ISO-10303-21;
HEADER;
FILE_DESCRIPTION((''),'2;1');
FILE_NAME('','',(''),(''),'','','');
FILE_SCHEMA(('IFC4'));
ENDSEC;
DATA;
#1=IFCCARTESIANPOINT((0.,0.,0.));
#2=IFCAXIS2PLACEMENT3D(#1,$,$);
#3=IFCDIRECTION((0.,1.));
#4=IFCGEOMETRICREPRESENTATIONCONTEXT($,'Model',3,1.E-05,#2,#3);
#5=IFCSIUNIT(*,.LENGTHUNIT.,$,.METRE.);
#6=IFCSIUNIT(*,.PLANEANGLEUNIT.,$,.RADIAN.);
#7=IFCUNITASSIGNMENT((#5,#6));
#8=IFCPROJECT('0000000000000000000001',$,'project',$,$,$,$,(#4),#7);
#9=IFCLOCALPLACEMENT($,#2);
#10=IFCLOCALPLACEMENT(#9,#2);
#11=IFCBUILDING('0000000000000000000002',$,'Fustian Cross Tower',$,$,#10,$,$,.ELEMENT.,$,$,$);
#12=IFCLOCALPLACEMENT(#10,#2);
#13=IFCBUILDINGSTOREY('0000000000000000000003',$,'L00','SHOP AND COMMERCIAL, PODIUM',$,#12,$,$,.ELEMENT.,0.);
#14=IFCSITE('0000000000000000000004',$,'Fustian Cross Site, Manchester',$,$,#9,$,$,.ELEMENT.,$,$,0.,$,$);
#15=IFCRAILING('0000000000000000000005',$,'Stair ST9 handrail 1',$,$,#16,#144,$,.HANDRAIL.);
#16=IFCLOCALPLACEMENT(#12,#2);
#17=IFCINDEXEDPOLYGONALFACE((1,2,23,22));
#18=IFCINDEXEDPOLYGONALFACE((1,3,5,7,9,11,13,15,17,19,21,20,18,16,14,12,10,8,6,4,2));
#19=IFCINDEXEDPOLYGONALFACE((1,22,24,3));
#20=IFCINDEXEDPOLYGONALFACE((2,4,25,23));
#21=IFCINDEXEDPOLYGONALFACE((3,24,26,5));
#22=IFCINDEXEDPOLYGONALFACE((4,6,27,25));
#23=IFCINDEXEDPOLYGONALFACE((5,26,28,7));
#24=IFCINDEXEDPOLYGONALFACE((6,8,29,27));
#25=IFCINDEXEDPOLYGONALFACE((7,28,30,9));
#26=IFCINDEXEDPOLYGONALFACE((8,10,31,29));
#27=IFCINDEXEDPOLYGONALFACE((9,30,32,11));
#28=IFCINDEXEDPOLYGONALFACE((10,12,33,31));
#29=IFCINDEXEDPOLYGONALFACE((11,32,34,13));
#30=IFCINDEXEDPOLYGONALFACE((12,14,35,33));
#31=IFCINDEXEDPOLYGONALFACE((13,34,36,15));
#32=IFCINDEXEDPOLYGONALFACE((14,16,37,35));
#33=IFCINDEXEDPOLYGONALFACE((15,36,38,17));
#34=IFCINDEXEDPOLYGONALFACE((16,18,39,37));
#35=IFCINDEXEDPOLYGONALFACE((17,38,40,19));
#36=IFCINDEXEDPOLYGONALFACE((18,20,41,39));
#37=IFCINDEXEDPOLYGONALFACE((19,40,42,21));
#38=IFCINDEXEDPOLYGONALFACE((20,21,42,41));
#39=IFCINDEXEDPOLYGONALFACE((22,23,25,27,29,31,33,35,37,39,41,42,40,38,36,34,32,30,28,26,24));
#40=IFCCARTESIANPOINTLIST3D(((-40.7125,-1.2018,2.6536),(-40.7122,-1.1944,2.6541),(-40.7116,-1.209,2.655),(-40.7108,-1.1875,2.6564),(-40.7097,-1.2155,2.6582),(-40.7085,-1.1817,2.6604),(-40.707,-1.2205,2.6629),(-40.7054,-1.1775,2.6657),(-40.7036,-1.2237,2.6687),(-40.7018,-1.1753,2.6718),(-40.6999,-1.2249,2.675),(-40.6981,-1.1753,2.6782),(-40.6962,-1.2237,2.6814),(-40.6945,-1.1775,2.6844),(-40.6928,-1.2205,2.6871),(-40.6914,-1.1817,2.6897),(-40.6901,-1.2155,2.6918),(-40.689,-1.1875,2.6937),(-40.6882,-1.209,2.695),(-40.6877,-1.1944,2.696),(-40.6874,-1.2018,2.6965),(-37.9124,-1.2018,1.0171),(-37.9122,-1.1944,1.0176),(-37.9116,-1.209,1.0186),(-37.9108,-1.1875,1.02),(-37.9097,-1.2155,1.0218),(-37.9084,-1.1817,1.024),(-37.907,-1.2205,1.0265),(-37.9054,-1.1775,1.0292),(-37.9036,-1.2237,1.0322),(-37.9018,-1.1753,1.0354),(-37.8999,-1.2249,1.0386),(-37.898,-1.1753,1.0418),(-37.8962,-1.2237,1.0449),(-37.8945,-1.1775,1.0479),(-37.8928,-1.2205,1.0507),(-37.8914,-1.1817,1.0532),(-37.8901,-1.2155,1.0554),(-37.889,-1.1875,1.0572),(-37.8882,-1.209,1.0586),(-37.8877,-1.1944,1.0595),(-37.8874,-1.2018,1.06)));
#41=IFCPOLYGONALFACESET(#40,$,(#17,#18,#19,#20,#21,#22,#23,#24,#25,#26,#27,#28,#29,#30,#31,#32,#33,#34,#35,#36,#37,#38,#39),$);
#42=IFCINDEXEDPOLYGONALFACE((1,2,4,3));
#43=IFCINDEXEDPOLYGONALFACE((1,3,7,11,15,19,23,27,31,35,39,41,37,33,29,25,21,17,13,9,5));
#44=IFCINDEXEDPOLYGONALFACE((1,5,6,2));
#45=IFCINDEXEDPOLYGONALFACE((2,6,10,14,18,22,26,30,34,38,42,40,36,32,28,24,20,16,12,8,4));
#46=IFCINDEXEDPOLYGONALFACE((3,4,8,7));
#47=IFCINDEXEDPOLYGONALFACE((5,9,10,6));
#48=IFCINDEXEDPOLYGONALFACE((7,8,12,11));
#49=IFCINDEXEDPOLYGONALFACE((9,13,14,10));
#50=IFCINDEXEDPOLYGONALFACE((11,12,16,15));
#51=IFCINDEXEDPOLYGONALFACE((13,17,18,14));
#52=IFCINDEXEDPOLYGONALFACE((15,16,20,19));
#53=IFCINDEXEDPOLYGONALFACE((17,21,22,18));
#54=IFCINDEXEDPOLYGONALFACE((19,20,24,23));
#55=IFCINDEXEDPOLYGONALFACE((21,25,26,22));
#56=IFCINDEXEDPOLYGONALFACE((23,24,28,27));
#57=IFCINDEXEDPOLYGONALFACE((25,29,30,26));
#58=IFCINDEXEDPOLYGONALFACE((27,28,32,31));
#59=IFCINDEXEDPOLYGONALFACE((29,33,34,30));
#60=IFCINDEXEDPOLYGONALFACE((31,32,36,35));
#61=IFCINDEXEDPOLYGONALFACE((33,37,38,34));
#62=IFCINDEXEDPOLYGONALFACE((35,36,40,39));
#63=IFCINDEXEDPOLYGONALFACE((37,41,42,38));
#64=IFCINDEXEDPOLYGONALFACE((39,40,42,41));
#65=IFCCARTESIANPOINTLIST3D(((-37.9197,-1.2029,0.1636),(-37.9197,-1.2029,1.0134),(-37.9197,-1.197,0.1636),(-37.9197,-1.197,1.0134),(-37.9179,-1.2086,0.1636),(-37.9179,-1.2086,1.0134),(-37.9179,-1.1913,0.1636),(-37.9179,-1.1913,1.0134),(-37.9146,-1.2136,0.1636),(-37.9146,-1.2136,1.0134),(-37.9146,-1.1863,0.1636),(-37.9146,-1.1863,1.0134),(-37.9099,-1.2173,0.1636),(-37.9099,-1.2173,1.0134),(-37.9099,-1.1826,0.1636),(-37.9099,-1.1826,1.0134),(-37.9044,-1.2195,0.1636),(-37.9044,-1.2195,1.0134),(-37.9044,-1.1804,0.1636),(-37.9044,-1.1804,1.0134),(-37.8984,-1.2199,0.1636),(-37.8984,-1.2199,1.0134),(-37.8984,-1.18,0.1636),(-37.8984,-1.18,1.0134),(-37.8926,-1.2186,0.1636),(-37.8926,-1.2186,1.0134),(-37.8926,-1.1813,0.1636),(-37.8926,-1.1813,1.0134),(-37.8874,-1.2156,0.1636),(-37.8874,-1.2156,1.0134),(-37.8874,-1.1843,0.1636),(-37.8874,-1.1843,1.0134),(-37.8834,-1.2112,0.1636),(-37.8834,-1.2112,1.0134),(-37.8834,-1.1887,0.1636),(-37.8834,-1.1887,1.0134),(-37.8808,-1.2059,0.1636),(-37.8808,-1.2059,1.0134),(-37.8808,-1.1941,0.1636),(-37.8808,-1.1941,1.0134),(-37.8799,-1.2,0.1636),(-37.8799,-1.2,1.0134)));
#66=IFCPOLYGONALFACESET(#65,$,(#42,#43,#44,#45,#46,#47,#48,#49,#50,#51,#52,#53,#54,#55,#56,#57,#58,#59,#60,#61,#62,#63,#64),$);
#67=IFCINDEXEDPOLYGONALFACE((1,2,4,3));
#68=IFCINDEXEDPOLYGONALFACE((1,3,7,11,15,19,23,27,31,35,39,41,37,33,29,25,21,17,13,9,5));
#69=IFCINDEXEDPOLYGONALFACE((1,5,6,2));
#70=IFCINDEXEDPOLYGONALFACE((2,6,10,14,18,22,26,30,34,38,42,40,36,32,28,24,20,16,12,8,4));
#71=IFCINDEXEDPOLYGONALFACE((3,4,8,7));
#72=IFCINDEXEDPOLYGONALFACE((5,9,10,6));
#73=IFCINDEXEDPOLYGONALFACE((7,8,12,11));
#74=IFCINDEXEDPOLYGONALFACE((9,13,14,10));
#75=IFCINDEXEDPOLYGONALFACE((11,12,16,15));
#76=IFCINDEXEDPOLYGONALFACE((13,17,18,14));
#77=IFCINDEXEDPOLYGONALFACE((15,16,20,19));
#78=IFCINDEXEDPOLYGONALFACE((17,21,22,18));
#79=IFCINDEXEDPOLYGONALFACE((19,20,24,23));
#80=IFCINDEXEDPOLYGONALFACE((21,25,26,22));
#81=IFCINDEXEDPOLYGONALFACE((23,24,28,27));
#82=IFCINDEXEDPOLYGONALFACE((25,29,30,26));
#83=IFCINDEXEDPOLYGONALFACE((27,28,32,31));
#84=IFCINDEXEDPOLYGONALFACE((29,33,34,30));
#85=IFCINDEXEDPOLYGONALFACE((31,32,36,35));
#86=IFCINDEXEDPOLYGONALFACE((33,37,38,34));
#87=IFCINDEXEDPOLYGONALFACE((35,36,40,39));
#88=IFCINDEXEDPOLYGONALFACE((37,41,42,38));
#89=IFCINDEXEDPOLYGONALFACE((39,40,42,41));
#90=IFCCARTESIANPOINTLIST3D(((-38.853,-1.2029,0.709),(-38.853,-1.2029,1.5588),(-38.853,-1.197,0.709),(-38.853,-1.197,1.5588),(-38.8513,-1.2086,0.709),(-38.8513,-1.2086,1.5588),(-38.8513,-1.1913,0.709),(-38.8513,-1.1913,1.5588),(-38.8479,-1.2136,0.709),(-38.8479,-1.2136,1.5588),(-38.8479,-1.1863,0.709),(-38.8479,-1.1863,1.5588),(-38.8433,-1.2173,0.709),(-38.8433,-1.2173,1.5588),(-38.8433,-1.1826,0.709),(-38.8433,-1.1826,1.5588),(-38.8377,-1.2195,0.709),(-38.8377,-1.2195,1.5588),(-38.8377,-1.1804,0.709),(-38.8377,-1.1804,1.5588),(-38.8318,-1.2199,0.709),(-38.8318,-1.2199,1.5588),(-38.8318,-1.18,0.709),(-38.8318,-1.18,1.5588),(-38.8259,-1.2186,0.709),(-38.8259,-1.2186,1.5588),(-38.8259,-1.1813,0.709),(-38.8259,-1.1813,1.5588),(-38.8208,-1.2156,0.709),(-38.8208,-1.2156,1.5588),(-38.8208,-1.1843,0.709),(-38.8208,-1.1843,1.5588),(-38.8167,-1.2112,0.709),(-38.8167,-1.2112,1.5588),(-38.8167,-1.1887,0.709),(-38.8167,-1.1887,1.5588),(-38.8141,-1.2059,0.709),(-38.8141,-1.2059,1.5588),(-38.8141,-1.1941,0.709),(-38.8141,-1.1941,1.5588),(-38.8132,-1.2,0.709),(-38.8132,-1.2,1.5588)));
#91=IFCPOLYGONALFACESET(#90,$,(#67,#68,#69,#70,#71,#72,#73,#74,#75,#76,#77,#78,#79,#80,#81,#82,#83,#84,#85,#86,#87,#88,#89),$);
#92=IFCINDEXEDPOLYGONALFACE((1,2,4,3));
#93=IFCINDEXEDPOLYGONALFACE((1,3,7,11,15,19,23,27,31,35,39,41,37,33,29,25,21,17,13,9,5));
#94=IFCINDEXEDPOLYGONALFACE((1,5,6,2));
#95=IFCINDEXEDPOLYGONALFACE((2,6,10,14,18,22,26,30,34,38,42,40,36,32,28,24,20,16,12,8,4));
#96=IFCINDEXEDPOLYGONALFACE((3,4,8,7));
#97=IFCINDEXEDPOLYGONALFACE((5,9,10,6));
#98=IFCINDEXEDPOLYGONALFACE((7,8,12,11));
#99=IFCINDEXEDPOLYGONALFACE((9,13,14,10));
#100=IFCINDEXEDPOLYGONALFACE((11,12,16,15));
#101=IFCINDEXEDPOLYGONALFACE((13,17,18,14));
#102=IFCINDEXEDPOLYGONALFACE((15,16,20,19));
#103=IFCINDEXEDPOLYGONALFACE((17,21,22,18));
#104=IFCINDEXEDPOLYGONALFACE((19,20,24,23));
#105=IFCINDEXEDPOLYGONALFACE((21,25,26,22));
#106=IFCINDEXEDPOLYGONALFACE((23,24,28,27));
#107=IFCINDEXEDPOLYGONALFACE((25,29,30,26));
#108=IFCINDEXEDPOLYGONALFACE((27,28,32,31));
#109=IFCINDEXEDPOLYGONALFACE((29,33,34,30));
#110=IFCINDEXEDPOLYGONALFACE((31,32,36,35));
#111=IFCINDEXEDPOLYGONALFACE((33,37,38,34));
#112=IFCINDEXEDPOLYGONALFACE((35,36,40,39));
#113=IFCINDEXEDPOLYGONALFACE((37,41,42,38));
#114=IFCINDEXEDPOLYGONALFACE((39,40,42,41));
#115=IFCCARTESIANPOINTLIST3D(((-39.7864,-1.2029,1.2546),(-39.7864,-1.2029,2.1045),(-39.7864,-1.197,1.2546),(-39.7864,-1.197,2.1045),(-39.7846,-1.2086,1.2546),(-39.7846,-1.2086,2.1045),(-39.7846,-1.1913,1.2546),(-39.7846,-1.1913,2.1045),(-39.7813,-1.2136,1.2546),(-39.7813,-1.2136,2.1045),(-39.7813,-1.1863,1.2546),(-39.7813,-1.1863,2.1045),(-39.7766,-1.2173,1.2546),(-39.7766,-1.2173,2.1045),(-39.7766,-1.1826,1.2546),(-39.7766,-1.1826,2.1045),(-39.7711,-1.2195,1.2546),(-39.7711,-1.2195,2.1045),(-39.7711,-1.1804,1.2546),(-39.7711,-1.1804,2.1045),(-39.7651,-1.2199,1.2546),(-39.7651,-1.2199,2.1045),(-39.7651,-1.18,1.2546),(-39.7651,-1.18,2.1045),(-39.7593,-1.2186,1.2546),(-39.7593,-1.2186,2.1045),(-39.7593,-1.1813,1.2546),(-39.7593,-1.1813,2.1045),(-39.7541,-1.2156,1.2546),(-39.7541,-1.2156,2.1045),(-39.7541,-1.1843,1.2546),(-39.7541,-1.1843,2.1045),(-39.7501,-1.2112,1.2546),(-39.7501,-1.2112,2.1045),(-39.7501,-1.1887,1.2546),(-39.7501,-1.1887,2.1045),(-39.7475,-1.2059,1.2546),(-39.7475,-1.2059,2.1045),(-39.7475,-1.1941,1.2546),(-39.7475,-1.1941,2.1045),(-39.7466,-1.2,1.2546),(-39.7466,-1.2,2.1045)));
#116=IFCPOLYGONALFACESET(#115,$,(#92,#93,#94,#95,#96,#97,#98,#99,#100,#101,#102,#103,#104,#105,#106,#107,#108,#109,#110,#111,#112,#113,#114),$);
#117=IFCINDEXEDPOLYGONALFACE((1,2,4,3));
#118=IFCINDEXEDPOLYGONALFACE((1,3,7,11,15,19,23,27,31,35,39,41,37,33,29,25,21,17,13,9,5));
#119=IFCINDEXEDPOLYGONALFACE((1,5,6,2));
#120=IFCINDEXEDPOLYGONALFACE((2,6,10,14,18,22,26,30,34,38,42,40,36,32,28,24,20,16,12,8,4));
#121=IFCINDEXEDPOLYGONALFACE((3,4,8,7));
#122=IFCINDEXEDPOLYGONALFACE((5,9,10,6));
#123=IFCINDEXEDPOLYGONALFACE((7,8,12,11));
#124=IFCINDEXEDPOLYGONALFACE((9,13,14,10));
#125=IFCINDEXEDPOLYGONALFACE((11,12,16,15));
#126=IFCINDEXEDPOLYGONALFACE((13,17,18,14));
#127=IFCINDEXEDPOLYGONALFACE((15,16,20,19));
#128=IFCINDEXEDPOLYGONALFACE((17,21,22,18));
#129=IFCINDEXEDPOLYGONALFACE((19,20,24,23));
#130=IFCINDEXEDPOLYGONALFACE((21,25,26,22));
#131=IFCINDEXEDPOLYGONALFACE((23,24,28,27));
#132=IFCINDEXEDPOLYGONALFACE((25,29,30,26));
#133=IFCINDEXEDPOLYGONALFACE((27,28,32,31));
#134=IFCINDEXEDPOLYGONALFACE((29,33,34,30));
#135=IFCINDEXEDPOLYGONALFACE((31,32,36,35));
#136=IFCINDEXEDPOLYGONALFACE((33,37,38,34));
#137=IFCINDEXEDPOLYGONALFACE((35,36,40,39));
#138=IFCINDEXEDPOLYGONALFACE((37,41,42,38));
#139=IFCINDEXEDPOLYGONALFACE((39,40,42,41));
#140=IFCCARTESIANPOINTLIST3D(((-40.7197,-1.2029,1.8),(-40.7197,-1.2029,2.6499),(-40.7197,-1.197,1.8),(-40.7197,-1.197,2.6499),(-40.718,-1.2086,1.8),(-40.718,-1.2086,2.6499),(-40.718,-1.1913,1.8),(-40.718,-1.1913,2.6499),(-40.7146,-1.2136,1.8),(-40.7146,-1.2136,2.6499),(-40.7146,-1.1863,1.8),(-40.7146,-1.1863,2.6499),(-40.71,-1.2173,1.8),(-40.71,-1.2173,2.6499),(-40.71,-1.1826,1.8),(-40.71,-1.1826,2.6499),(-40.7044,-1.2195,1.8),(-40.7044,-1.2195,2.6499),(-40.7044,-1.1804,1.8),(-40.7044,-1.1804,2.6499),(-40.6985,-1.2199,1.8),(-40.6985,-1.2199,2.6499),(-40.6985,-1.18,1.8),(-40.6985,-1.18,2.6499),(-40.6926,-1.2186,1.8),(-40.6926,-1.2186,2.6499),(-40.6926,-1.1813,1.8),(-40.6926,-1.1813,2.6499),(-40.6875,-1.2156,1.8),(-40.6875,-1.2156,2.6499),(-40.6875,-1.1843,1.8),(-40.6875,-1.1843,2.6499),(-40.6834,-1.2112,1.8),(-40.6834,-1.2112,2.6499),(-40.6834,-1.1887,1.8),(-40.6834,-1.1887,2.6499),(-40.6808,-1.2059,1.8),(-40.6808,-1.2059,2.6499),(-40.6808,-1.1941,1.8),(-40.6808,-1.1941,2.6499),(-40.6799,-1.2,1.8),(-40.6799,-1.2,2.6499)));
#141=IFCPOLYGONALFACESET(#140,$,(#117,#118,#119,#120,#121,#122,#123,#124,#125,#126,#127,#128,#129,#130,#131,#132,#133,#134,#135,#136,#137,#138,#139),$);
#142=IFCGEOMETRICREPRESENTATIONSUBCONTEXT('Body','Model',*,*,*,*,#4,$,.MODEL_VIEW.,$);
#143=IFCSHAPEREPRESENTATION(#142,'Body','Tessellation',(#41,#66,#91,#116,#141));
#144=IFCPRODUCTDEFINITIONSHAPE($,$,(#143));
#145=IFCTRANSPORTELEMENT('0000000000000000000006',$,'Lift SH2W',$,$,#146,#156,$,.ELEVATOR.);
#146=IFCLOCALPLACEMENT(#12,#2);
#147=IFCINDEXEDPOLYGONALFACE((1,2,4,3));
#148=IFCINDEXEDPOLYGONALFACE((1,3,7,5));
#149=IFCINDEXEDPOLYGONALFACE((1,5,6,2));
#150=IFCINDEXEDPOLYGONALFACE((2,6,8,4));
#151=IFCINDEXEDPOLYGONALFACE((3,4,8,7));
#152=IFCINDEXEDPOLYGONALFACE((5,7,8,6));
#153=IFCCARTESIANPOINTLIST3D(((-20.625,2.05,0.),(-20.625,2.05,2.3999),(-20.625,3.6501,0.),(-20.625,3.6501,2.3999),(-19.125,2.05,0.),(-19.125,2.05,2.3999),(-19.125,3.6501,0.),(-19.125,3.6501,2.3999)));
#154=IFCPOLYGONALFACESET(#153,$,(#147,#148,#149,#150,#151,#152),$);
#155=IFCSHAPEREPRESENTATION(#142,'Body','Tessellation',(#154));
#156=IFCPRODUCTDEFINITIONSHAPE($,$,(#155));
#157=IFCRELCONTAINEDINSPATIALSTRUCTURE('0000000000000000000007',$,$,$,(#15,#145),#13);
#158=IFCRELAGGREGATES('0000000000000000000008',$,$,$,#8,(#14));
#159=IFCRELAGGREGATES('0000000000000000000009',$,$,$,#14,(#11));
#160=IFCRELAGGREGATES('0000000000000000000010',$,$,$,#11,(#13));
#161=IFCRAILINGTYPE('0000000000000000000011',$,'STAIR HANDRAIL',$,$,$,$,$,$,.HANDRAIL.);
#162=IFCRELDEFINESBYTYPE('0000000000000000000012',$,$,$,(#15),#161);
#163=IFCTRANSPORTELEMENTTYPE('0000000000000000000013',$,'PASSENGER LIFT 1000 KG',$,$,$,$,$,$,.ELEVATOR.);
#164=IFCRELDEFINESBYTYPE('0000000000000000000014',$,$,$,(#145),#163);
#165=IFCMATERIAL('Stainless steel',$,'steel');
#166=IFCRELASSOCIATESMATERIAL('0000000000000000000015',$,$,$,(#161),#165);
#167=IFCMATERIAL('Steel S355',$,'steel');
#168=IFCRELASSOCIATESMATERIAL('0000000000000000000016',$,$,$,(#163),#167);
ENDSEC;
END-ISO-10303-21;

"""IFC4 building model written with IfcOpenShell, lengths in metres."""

from ifc_helpers import new_model, si_unit, direction, frame, origin, origin_2d, place, context, subcontext, project, spatial, rectangle, circle, extrude, material, type_object, element, save


model = new_model("IFC4")

# Units and contexts
model_context = context("Model", 3, precision=1e-05, world=origin(), true_north=direction((0.0, 1.0)))
body_context = subcontext(model_context, "Body", "Model", "MODEL_VIEW")
ifc_project = project(units=[si_unit("LENGTHUNIT", "METRE"), si_unit("PLANEANGLEUNIT", "RADIAN")], contexts=[model_context])

# Site, building, storey
site_placement = place(None, origin())
site = spatial("IfcSite", under=ifc_project, at=site_placement, Name="Fustian Cross Site, Manchester", CompositionType="ELEMENT", RefElevation=0.0)
building_placement = place(site_placement, origin())
building = spatial("IfcBuilding", under=site, at=building_placement, Name="Fustian Cross Tower", CompositionType="ELEMENT")
storey_placement = place(building_placement, origin())
storey = spatial("IfcBuildingStorey", under=building, at=storey_placement, Name="L00", Description="SHOP AND COMMERCIAL, PODIUM", CompositionType="ELEMENT", Elevation=0.0)

# Railing
ifc_material_1 = material(Name="Stainless steel", Category="steel")
railing_type = type_object("IfcRailingType", Name="STAIR HANDRAIL", PredefinedType="HANDRAIL", material=ifc_material_1)
railing_1_placement = place(storey_placement, frame((-37.8999, -1.2, 0.1636)))
element("IfcRailing", 1, at=railing_1_placement, inside=storey, type_object=railing_type, Name="Stair ST9 handrail 1", PredefinedType="HANDRAIL", context=body_context, shape_type="SweptSolid", body=[
    extrude(circle(Radius=0.0249, at=origin_2d()), frame((0.0, 0.0, 0.875), z_axis=(-0.863361, 0.0, 0.504587), x_axis=(0.0, -1.0, 0.0)), (0.0, 0.0, 1.0), 3.2432),
    extrude(circle(Radius=0.02, at=origin_2d()), origin(), (0.0, 0.0, 1.0), 0.8499),
    extrude(circle(Radius=0.02, at=origin_2d()), frame((-0.9333, 0.0, 0.5454)), (0.0, 0.0, 1.0), 0.8499),
    extrude(circle(Radius=0.02, at=origin_2d()), frame((-1.8667, 0.0, 1.0911)), (0.0, 0.0, 1.0), 0.8499),
    extrude(circle(Radius=0.02, at=origin_2d()), frame((-2.8, 0.0, 1.6365)), (0.0, 0.0, 1.0), 0.8499),
])

# Transport element
ifc_material_2 = material(Name="Steel S355", Category="steel")
transport_element_type = type_object("IfcTransportElementType", Name="PASSENGER LIFT 1000 KG", PredefinedType="ELEVATOR", material=ifc_material_2)
transport_element_placement = place(storey_placement, frame((-19.875, 2.8501, 0.0), z_axis=(0.0, 0.0, 1.0), x_axis=(1.0, 0.0, 0.0)))
element("IfcTransportElement", 2, at=transport_element_placement, inside=storey, type_object=transport_element_type, Name="Lift SH2W", PredefinedType="ELEVATOR", context=body_context, shape_type="SweptSolid", body=[
    extrude(rectangle(XDim=1.5, YDim=1.6001, at=origin_2d()), origin(), (0.0, 0.0, 1.0), 2.3999),
])

save(model, "model.ifc")
